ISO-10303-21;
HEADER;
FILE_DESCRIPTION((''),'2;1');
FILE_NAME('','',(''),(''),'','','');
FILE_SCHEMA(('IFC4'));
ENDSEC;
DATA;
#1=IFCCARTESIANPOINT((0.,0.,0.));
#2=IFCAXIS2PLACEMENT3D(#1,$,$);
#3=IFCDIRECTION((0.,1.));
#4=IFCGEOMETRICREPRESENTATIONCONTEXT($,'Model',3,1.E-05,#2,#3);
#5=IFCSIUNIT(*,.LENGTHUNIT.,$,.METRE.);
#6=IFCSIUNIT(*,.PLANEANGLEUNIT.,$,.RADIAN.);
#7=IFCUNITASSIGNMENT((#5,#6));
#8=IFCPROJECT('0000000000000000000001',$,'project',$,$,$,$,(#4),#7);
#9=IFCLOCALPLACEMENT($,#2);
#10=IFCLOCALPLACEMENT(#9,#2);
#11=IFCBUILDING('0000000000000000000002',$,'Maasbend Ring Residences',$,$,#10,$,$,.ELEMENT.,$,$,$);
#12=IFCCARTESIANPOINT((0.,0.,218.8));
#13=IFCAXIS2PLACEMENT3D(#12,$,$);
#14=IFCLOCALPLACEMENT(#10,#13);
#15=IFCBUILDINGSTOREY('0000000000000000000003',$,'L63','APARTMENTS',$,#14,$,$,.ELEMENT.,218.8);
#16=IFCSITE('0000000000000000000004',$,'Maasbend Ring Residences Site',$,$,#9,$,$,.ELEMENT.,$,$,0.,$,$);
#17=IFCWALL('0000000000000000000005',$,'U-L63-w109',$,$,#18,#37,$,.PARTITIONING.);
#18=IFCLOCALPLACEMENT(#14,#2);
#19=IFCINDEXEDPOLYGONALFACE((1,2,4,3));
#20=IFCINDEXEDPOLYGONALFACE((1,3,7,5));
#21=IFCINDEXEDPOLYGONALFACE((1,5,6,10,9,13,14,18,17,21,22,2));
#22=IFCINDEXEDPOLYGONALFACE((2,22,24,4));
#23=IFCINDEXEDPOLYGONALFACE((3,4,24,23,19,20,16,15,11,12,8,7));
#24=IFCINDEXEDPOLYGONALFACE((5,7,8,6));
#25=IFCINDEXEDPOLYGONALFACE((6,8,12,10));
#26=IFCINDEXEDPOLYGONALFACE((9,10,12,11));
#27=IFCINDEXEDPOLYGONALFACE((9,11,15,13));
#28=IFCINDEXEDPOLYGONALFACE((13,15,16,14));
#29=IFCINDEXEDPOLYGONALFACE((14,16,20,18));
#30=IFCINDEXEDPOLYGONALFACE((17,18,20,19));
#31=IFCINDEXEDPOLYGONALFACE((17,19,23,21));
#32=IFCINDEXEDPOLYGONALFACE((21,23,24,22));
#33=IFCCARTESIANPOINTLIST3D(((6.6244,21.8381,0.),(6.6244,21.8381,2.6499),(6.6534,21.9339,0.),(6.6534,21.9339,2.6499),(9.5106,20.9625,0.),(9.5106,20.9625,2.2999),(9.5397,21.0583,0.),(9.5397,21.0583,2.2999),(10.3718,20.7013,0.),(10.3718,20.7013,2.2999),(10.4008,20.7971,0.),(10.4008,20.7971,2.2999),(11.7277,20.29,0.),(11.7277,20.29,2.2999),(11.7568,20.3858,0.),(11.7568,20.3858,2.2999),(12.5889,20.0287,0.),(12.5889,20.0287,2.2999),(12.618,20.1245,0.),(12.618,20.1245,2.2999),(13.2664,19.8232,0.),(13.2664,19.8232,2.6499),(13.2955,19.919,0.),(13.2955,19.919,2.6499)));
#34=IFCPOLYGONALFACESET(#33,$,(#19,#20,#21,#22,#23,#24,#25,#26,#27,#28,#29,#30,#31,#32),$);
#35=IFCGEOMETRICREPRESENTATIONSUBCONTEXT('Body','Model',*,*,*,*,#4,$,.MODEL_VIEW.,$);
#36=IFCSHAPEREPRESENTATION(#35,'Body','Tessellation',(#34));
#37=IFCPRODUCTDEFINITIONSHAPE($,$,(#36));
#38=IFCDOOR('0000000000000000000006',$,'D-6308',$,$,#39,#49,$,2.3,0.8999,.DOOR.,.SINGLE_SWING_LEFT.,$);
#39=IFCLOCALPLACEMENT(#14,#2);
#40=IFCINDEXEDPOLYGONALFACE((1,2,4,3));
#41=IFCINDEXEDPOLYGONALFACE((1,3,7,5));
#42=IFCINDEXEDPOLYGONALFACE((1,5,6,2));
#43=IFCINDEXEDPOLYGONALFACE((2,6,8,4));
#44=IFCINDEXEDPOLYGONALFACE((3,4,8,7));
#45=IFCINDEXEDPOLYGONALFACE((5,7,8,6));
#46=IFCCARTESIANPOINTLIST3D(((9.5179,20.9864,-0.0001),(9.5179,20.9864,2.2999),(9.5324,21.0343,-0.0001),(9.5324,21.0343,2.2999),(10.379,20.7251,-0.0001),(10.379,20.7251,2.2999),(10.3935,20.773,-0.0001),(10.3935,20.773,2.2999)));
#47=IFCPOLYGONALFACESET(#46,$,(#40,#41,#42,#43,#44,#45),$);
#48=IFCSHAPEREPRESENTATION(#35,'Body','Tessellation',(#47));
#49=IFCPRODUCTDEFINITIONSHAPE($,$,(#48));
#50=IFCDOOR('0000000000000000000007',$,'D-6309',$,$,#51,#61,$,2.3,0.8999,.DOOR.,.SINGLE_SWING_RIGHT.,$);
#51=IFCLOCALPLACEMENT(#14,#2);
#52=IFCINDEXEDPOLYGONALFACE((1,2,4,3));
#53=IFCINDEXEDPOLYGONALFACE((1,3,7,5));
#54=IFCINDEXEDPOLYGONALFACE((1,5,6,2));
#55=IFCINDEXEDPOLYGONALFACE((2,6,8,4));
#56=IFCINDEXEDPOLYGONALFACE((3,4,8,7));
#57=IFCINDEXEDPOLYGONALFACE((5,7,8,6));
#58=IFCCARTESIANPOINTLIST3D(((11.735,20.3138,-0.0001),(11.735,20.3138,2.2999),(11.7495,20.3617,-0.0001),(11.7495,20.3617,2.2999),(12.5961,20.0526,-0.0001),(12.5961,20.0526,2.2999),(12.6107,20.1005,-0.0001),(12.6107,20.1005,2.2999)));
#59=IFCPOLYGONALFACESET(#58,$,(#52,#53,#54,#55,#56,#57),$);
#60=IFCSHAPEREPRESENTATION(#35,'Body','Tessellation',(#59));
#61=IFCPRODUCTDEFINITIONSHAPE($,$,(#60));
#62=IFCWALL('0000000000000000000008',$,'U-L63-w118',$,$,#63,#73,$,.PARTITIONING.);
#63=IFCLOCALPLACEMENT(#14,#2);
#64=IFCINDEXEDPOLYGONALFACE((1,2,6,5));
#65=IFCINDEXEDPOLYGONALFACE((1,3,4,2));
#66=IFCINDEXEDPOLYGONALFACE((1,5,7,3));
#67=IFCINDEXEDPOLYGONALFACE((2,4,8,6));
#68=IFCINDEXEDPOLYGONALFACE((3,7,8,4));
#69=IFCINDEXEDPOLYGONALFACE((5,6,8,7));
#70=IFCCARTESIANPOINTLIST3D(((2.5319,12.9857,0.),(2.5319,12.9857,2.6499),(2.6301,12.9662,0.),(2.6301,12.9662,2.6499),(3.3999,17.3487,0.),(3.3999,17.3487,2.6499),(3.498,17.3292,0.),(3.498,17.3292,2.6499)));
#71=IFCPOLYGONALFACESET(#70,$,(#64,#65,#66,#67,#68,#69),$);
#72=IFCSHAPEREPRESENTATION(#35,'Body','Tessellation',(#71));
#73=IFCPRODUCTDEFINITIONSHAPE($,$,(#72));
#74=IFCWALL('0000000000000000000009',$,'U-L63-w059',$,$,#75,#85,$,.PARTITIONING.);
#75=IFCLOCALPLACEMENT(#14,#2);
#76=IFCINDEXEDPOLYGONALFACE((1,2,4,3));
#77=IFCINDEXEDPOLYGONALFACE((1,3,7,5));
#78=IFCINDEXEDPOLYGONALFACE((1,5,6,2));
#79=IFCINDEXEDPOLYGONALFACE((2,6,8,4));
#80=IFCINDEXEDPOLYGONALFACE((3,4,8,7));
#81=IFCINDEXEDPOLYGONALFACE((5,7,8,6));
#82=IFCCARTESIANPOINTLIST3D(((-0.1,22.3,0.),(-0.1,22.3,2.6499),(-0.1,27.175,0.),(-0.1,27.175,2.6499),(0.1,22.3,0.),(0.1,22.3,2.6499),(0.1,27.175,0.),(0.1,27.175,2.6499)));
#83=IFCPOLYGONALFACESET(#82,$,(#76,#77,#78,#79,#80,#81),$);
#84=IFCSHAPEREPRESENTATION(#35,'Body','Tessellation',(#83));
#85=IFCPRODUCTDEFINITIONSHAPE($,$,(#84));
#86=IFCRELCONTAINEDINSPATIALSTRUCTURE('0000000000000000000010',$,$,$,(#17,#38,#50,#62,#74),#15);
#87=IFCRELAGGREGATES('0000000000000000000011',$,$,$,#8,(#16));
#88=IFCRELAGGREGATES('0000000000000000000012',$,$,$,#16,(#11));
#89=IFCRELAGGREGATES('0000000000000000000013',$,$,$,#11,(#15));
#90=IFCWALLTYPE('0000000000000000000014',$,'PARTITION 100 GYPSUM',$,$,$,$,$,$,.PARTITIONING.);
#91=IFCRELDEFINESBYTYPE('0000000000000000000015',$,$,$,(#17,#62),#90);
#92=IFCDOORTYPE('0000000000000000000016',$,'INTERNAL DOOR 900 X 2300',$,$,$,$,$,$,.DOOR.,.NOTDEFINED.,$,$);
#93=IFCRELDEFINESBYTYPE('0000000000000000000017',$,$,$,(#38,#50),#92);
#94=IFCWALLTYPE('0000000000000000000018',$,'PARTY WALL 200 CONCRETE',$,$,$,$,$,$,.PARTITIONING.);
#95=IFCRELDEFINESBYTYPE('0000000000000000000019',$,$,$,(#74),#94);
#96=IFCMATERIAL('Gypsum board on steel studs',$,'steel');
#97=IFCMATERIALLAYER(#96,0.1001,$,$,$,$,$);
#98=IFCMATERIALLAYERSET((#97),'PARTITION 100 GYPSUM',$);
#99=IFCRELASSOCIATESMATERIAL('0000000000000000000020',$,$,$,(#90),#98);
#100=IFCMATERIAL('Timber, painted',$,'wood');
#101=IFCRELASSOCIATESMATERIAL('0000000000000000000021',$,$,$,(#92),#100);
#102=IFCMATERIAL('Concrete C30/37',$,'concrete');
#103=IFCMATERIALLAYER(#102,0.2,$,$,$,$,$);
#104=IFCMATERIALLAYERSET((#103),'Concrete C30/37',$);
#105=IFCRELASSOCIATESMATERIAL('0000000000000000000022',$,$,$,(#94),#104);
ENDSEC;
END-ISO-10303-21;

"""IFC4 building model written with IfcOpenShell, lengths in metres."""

from ifc_helpers import new_model, si_unit, direction, frame, frame_2d, origin, place, context, subcontext, project, spatial, rectangle, extrude, material, layer, layer_set, type_object, element, fill, save


model = new_model("IFC4")

# Units and contexts
model_context = context("Model", 3, precision=1e-05, world=origin(), true_north=direction((0.0, 1.0)))
body_context = subcontext(model_context, "Body", "Model", "MODEL_VIEW")
ifc_project = project(units=[si_unit("LENGTHUNIT", "METRE"), si_unit("PLANEANGLEUNIT", "RADIAN")], contexts=[model_context])

# Site, building, storey
site_placement = place(None, origin())
site = spatial("IfcSite", under=ifc_project, at=site_placement, Name="Maasbend Ring Residences Site", CompositionType="ELEMENT", RefElevation=0.0)
building_placement = place(site_placement, origin())
building = spatial("IfcBuilding", under=site, at=building_placement, Name="Maasbend Ring Residences", CompositionType="ELEMENT")
storey_placement = place(building_placement, frame((0.0, 0.0, 218.8)))
storey = spatial("IfcBuildingStorey", under=building, at=storey_placement, Name="L63", Description="APARTMENTS", CompositionType="ELEMENT", Elevation=218.8)

# Shared definitions
ifc_material_1 = material(Name="Gypsum board on steel studs", Category="steel")
ifc_layer_1 = layer(ifc_material_1, 0.1001)
ifc_layer_set_1 = layer_set([ifc_layer_1], Name="PARTITION 100 GYPSUM")
wall_type_1 = type_object("IfcWallType", Name="PARTITION 100 GYPSUM", PredefinedType="PARTITIONING", material=ifc_layer_set_1)

# Shared definitions
ifc_material_2 = material(Name="Timber, painted", Category="wood")
door_type_1 = type_object("IfcDoorType", Name="INTERNAL DOOR 900 X 2300", OperationType="NOTDEFINED", PredefinedType="DOOR", material=ifc_material_2)

# Wall, openings, doors
wall_1_placement = place(storey_placement, frame((6.6389, 21.886, 0.0), z_axis=(0.0, 0.0, 1.0), x_axis=(0.956939, -0.29029, 0.0)))
wall_1 = element("IfcWall", 1, at=wall_1_placement, inside=storey, type_object=wall_type_1, Name="U-L63-w109", PredefinedType="PARTITIONING", context=body_context, shape_type="SweptSolid", body=[
    extrude(rectangle(XDim=6.9409, YDim=0.1001, at=frame_2d((3.4705, 0.0))), origin(), (0.0, 0.0, 1.0), 2.6499),
])
opening_1_placement = place(wall_1_placement, frame((3.0161, 0.0, 0.0)))
opening_1 = element("IfcOpeningElement", 2, at=opening_1_placement, cuts=wall_1, PredefinedType="OPENING", context=body_context, shape_type="SweptSolid", body=[
    extrude(rectangle(XDim=0.8999, YDim=2.3, at=frame_2d((0.45, 1.1499))), frame((0.0, 0.0601, 0.0), z_axis=(0.0, -1.0, 0.0), x_axis=(1.0, 0.0, 0.0)), (0.0, 0.0, 1.0), 0.1201),
])
opening_2_placement = place(wall_1_placement, frame((5.333, 0.0, 0.0)))
opening_2 = element("IfcOpeningElement", 3, at=opening_2_placement, cuts=wall_1, PredefinedType="OPENING", context=body_context, shape_type="SweptSolid", body=[
    extrude(rectangle(XDim=0.8999, YDim=2.3, at=frame_2d((0.45, 1.1499))), frame((0.0, 0.0601, 0.0), z_axis=(0.0, -1.0, 0.0), x_axis=(1.0, 0.0, 0.0)), (0.0, 0.0, 1.0), 0.1201),
])
door_1_placement = place(opening_1_placement, origin())
door_1 = element("IfcDoor", 4, at=door_1_placement, inside=storey, type_object=door_type_1, Name="D-6308", OperationType="SINGLE_SWING_LEFT", OverallHeight=2.3, OverallWidth=0.8999, PredefinedType="DOOR", context=body_context, shape_type="SweptSolid", body=[
    extrude(rectangle(XDim=0.8999, YDim=2.3, at=frame_2d((0.45, 1.1499))), frame((0.0, 0.0249, 0.0), z_axis=(0.0, -1.0, 0.0), x_axis=(1.0, 0.0, 0.0)), (0.0, 0.0, 1.0), 0.05),
])
fill(opening_1, door_1)
door_2_placement = place(opening_2_placement, origin())
door_2 = element("IfcDoor", 5, at=door_2_placement, inside=storey, type_object=door_type_1, Name="D-6309", OperationType="SINGLE_SWING_RIGHT", OverallHeight=2.3, OverallWidth=0.8999, PredefinedType="DOOR", context=body_context, shape_type="SweptSolid", body=[
    extrude(rectangle(XDim=0.8999, YDim=2.3, at=frame_2d((0.45, 1.1499))), frame((0.0, 0.0249, 0.0), z_axis=(0.0, -1.0, 0.0), x_axis=(1.0, 0.0, 0.0)), (0.0, 0.0, 1.0), 0.05),
])
fill(opening_2, door_2)

# Walls
wall_2_placement = place(storey_placement, frame((2.5811, 12.9761, 0.0), z_axis=(0.0, 0.0, 1.0), x_axis=(0.195103, 0.980783, 0.0)))
element("IfcWall", 6, at=wall_2_placement, inside=storey, type_object=wall_type_1, Name="U-L63-w118", PredefinedType="PARTITIONING", context=body_context, shape_type="SweptSolid", body=[
    extrude(rectangle(XDim=4.4485, YDim=0.1001, at=frame_2d((2.2241, 0.0))), origin(), (0.0, 0.0, 1.0), 2.6499),
])
ifc_material_3 = material(Name="Concrete C30/37", Category="concrete")
ifc_layer_2 = layer(ifc_material_3, 0.2)
ifc_layer_set_2 = layer_set([ifc_layer_2], Name="Concrete C30/37")
wall_type_2 = type_object("IfcWallType", Name="PARTY WALL 200 CONCRETE", PredefinedType="PARTITIONING", material=ifc_layer_set_2)
wall_3_placement = place(storey_placement, frame((0.0, 22.3, 0.0), z_axis=(0.0, 0.0, 1.0), x_axis=(0.0, 1.0, 0.0)))
element("IfcWall", 7, at=wall_3_placement, inside=storey, type_object=wall_type_2, Name="U-L63-w059", PredefinedType="PARTITIONING", context=body_context, shape_type="SweptSolid", body=[
    extrude(rectangle(XDim=4.875, YDim=0.2, at=frame_2d((2.4375, 0.0))), origin(), (0.0, 0.0, 1.0), 2.6499),
])

save(model, "model.ifc")
